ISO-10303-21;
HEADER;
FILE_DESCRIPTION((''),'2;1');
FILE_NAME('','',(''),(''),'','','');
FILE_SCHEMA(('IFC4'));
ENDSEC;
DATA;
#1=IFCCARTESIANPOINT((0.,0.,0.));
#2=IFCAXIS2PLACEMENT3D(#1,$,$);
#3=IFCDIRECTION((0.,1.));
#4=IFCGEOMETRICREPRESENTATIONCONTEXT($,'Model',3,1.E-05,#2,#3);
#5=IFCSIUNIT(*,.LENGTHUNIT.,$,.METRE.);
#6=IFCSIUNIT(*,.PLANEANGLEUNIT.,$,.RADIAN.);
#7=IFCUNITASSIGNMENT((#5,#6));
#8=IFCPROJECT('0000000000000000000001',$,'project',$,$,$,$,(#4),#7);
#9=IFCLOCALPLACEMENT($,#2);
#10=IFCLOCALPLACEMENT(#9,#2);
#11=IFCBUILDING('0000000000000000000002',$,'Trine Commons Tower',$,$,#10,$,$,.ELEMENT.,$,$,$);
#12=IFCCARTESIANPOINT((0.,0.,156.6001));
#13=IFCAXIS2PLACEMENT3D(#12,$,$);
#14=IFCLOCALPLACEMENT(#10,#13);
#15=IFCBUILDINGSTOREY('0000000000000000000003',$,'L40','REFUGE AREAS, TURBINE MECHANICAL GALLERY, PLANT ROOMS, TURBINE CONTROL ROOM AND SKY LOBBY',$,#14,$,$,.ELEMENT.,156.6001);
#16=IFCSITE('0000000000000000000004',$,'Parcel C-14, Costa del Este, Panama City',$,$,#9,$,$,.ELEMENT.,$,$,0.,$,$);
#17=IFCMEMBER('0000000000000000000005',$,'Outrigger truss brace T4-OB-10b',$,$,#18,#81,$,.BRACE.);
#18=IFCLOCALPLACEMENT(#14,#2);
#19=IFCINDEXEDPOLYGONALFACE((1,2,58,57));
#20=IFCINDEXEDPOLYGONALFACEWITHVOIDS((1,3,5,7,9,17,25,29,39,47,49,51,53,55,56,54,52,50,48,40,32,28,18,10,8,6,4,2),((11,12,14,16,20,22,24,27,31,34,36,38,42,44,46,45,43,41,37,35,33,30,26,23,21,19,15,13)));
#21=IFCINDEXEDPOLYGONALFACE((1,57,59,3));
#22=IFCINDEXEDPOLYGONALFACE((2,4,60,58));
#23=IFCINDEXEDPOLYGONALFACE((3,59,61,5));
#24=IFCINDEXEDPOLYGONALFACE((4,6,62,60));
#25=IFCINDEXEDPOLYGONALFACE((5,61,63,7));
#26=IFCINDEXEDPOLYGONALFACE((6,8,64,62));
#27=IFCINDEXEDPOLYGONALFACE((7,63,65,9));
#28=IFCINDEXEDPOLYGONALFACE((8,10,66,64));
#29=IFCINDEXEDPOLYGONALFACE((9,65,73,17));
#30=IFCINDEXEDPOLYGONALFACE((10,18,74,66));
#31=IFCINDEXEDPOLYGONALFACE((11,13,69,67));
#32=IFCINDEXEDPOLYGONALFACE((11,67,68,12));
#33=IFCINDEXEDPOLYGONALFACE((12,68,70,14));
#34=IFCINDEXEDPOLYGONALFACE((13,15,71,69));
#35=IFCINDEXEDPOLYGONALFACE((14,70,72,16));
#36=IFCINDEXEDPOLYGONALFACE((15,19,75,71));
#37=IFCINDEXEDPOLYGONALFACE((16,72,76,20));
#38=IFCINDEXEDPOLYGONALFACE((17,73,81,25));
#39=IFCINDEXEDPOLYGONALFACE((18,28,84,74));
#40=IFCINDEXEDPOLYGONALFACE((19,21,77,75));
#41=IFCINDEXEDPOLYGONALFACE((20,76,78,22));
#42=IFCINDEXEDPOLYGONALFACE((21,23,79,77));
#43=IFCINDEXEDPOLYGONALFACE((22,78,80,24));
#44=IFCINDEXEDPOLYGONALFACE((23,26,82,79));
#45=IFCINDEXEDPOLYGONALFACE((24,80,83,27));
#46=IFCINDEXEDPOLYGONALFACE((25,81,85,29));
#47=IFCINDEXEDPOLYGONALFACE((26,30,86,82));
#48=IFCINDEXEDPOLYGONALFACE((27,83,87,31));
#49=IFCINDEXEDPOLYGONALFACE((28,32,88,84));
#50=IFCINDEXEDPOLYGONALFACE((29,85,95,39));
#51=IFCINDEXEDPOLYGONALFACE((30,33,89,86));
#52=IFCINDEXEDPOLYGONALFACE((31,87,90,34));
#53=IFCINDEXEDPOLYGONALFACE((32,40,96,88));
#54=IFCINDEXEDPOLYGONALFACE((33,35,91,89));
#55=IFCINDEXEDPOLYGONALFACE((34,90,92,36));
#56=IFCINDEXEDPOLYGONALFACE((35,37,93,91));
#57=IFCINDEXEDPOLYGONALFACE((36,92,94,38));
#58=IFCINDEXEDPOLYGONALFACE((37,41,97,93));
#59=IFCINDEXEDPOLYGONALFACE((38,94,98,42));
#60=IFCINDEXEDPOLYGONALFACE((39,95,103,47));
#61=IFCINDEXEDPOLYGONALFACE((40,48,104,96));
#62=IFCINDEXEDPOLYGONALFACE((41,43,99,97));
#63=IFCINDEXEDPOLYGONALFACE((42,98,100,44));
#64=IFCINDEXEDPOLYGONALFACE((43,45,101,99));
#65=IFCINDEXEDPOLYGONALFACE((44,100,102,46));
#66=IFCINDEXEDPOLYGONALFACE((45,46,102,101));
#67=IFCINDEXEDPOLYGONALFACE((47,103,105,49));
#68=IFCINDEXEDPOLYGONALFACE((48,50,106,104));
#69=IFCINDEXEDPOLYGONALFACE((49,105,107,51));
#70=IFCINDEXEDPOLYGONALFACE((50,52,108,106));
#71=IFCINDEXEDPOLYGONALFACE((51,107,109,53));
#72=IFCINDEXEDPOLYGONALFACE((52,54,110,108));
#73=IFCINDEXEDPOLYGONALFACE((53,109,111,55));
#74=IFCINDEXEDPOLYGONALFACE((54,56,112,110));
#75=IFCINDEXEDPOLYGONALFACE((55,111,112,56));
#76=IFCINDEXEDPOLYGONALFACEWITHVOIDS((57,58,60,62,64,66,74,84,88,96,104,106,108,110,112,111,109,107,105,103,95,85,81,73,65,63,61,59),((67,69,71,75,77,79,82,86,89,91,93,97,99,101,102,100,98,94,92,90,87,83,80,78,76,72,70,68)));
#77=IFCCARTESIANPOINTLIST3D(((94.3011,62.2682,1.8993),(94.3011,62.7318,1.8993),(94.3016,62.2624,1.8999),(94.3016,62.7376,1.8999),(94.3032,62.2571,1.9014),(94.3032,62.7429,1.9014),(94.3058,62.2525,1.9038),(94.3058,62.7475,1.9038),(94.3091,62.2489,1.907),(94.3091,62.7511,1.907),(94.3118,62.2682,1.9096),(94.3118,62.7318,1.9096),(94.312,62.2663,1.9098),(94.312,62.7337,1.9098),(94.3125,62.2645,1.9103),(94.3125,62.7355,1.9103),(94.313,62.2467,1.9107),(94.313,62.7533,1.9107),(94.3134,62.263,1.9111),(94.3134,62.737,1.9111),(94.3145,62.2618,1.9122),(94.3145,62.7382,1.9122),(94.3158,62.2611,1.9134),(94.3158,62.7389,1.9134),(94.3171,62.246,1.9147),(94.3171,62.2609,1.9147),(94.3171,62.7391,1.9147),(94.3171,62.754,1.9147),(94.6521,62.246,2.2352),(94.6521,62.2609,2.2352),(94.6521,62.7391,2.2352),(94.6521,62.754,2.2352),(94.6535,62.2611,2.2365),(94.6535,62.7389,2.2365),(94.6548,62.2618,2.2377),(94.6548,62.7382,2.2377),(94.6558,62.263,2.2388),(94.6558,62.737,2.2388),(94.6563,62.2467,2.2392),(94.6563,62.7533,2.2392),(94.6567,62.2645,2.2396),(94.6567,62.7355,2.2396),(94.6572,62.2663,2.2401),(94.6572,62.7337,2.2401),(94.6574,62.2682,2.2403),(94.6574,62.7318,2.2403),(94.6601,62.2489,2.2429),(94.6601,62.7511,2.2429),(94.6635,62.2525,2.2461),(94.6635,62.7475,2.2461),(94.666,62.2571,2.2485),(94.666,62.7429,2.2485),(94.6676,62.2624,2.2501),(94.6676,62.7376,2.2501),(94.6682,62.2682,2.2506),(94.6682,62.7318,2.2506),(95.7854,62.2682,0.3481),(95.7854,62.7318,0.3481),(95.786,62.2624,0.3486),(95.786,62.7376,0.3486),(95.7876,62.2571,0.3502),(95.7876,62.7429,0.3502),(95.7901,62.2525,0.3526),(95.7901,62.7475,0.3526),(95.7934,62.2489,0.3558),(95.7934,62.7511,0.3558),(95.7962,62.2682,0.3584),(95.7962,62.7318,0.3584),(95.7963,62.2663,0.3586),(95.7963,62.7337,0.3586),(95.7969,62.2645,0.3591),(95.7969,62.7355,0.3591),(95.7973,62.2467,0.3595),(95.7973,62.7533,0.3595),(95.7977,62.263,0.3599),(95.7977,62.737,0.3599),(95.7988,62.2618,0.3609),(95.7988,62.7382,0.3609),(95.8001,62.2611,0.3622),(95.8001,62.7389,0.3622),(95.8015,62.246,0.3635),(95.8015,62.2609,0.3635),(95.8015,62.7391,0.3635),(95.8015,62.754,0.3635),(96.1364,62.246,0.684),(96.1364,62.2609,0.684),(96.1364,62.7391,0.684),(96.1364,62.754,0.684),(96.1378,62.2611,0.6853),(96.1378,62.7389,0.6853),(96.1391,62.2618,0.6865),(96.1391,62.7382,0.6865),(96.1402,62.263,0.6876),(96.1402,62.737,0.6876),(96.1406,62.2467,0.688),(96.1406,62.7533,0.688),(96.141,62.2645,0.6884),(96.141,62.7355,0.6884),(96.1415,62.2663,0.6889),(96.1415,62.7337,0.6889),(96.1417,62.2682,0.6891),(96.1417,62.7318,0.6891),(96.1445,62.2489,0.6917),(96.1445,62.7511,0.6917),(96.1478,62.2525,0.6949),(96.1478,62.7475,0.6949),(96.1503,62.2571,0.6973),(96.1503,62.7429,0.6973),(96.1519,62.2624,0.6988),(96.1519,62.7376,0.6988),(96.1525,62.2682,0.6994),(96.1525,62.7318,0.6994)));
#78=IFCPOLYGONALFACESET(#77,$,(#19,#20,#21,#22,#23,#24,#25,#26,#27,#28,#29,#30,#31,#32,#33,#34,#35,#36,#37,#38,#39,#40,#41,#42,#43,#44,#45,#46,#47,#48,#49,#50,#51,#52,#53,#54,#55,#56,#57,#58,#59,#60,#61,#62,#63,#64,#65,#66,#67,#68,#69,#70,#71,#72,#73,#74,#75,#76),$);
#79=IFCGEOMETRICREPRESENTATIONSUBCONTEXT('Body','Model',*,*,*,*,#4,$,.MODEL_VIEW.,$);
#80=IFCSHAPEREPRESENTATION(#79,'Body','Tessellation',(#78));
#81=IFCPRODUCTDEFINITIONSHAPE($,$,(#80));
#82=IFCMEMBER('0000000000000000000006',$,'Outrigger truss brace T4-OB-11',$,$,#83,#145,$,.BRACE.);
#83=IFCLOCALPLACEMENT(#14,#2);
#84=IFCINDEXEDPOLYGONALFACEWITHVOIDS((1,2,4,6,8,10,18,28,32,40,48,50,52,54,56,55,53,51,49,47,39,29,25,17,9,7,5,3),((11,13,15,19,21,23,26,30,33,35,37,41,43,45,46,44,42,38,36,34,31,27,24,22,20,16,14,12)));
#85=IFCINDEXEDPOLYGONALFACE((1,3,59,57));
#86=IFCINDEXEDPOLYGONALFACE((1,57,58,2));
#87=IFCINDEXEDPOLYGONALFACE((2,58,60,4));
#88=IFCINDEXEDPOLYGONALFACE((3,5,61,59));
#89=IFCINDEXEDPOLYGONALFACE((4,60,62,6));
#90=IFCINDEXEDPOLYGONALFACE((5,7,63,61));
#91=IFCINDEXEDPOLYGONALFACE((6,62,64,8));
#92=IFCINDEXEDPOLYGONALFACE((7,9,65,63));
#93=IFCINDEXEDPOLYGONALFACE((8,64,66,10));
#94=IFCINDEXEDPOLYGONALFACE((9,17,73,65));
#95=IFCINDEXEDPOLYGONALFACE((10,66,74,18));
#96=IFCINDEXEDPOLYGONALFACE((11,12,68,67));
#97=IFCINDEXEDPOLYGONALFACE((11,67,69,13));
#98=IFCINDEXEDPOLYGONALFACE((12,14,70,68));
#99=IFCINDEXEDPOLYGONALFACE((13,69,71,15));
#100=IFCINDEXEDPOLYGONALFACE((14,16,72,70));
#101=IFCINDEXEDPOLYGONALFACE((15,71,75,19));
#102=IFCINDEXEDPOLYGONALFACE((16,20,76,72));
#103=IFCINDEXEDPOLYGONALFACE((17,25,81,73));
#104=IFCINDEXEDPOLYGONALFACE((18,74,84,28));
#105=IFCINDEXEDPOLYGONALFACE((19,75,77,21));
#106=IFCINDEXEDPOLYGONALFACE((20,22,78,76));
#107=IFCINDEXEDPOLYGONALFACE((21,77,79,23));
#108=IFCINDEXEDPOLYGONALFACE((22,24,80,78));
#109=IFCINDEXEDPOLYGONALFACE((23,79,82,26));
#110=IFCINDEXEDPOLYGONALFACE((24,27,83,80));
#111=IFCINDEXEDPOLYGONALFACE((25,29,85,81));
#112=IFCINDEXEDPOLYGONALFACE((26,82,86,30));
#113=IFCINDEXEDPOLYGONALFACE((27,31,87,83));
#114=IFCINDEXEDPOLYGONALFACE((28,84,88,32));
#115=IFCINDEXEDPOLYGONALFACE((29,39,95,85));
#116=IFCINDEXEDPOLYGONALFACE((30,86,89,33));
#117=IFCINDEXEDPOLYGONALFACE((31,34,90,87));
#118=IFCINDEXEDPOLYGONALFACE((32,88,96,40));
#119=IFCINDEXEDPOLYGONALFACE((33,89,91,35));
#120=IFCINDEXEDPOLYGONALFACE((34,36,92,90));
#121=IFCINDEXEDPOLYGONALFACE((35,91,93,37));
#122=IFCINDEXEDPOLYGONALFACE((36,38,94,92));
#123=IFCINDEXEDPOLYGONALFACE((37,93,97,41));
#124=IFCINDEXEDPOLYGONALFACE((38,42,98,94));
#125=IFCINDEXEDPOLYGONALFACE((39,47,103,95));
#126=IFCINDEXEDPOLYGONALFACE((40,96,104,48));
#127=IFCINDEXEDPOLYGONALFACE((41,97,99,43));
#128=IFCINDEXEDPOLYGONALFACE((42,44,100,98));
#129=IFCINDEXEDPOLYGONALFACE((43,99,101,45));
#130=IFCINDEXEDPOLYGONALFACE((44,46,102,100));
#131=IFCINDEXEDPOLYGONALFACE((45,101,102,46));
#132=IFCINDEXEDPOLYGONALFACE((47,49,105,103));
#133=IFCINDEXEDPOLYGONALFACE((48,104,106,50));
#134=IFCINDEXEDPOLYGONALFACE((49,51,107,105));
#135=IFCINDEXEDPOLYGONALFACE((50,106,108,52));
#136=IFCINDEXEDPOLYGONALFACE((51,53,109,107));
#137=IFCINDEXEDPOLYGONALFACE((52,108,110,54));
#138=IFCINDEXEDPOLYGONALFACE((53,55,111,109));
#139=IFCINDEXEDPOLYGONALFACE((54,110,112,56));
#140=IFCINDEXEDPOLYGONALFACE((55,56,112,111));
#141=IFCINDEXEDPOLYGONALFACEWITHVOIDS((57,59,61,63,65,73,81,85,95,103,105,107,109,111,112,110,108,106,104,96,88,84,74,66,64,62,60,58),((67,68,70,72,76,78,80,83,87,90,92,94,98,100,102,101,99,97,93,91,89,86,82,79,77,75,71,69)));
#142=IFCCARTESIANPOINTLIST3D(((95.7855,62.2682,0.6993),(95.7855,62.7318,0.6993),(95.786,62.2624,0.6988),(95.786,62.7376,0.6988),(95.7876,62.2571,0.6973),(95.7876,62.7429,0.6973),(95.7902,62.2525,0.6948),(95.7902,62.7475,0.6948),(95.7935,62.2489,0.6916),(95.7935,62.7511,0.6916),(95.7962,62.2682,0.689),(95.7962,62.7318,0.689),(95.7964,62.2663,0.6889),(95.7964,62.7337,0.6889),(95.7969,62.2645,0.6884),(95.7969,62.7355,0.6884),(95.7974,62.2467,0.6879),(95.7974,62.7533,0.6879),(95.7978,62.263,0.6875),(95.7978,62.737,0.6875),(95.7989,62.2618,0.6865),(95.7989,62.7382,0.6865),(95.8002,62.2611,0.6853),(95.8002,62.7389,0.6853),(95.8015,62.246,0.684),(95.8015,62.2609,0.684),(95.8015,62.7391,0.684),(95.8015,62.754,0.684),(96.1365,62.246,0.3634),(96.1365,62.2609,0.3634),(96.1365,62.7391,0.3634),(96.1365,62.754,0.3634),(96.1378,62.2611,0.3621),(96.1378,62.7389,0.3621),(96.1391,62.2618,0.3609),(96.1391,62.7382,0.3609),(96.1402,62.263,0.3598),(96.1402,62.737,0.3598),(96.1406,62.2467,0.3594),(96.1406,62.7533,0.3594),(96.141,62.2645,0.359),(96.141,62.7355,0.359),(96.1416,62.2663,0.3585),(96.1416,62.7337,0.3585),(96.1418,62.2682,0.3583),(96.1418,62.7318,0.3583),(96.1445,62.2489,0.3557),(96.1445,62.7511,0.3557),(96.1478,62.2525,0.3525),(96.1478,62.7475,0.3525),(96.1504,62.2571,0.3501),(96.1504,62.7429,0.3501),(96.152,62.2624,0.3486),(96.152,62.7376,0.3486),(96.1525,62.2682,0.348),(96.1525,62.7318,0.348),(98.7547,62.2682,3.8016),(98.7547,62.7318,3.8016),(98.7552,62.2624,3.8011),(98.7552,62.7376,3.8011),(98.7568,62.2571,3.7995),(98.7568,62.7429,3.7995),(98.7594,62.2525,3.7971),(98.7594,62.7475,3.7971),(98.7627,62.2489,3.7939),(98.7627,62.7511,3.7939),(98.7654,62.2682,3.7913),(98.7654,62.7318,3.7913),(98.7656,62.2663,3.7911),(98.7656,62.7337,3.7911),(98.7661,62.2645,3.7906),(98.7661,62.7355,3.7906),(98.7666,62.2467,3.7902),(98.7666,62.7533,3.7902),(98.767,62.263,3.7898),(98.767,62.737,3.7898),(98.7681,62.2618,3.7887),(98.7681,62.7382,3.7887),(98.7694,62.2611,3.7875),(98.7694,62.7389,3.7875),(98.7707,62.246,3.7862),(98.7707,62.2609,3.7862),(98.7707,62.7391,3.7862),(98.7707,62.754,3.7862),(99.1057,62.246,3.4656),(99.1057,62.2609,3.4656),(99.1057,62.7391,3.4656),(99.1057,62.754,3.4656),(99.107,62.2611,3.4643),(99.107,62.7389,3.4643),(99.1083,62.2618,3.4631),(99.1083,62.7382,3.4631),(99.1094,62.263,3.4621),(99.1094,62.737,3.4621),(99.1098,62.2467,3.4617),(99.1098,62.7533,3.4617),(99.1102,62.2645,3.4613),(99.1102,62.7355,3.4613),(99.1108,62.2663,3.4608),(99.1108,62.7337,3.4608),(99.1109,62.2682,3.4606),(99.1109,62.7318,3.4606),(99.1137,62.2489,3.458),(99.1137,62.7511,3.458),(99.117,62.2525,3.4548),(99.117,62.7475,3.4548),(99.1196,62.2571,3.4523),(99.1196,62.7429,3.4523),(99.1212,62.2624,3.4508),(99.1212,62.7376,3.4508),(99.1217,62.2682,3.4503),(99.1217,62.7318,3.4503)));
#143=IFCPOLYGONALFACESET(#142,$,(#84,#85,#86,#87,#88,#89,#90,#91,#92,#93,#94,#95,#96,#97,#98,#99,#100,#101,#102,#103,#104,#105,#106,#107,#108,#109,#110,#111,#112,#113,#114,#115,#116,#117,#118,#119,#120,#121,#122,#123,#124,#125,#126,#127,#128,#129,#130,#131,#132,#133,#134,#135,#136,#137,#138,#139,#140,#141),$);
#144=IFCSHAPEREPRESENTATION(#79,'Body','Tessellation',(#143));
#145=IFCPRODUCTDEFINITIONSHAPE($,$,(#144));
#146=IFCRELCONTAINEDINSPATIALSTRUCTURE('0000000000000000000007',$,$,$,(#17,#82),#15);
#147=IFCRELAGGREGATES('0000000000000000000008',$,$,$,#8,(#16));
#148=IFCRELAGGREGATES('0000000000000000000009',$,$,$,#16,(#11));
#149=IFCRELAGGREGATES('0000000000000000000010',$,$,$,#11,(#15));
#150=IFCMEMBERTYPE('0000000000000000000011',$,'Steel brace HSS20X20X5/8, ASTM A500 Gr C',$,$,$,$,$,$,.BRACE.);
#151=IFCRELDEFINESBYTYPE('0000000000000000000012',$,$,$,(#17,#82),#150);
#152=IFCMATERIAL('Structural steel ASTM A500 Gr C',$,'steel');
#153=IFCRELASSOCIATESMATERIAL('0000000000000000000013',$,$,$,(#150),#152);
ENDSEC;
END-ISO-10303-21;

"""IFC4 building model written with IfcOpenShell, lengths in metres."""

from ifc_helpers import new_model, si_unit, direction, frame, origin, origin_2d, place, context, subcontext, project, spatial, hollow_rectangle, extrude, material, material_profile, profile_set, type_object, element, save


model = new_model("IFC4")

# Units and contexts
model_context = context("Model", 3, precision=1e-05, world=origin(), true_north=direction((0.0, 1.0)))
body_context = subcontext(model_context, "Body", "Model", "MODEL_VIEW")
ifc_project = project(units=[si_unit("LENGTHUNIT", "METRE"), si_unit("PLANEANGLEUNIT", "RADIAN")], contexts=[model_context])

# Site, building, storey
site_placement = place(None, origin())
site = spatial("IfcSite", under=ifc_project, at=site_placement, Name="Parcel C-14, Costa del Este, Panama City", CompositionType="ELEMENT", RefElevation=0.0)
building_placement = place(site_placement, origin())
building = spatial("IfcBuilding", under=site, at=building_placement, Name="Trine Commons Tower", CompositionType="ELEMENT")
storey_placement = place(building_placement, frame((0.0, 0.0, 156.6001)))
storey = spatial("IfcBuildingStorey", under=building, at=storey_placement, Name="L40", Description="REFUGE AREAS, TURBINE MECHANICAL GALLERY, PLANT ROOMS, TURBINE CONTROL ROOM AND SKY LOBBY", CompositionType="ELEMENT", Elevation=156.6001)

# Members
ifc_material_1 = material(Name="Structural steel ASTM A500 Gr C", Category="steel")
ifc_material_profile_1 = material_profile(ifc_material_1, hollow_rectangle(XDim=0.5081, YDim=0.5081, WallThickness=0.0149, InnerFilletRadius=0.0073, OuterFilletRadius=0.0222, at=origin_2d()), Name="HSS20X20X5/8")
ifc_profile_set_1 = profile_set([ifc_material_profile_1], Name="Structural steel ASTM A500 Gr C")
member_type_1 = type_object("IfcMemberType", Name="Steel brace HSS20X20X5/8, ASTM A500 Gr C", PredefinedType="BRACE", material=ifc_profile_set_1)
member_1_placement = place(storey_placement, frame((94.4846, 62.5, 2.075), z_axis=(0.691357, 0.0, -0.722513), x_axis=(0.0, 1.0, 0.0)))
element("IfcMember", 1, at=member_1_placement, inside=storey, type_object=member_type_1, Name="Outrigger truss brace T4-OB-10b", PredefinedType="BRACE", context=body_context, shape_type="SweptSolid", body=[
    extrude(hollow_rectangle(XDim=0.5081, YDim=0.5081, WallThickness=0.0149, InnerFilletRadius=0.0073, OuterFilletRadius=0.0222, at=origin_2d()), origin(), (0.0, 0.0, 1.0), 2.147),
])
member_2_placement = place(storey_placement, frame((95.969, 62.5, 0.5237), z_axis=(0.691445, 0.0, 0.722429), x_axis=(0.0, 1.0, 0.0)))
element("IfcMember", 2, at=member_2_placement, inside=storey, type_object=member_type_1, Name="Outrigger truss brace T4-OB-11", PredefinedType="BRACE", context=body_context, shape_type="SweptSolid", body=[
    extrude(hollow_rectangle(XDim=0.5081, YDim=0.5081, WallThickness=0.0149, InnerFilletRadius=0.0073, OuterFilletRadius=0.0222, at=origin_2d()), origin(), (0.0, 0.0, 1.0), 4.2942),
])

save(model, "model.ifc")
